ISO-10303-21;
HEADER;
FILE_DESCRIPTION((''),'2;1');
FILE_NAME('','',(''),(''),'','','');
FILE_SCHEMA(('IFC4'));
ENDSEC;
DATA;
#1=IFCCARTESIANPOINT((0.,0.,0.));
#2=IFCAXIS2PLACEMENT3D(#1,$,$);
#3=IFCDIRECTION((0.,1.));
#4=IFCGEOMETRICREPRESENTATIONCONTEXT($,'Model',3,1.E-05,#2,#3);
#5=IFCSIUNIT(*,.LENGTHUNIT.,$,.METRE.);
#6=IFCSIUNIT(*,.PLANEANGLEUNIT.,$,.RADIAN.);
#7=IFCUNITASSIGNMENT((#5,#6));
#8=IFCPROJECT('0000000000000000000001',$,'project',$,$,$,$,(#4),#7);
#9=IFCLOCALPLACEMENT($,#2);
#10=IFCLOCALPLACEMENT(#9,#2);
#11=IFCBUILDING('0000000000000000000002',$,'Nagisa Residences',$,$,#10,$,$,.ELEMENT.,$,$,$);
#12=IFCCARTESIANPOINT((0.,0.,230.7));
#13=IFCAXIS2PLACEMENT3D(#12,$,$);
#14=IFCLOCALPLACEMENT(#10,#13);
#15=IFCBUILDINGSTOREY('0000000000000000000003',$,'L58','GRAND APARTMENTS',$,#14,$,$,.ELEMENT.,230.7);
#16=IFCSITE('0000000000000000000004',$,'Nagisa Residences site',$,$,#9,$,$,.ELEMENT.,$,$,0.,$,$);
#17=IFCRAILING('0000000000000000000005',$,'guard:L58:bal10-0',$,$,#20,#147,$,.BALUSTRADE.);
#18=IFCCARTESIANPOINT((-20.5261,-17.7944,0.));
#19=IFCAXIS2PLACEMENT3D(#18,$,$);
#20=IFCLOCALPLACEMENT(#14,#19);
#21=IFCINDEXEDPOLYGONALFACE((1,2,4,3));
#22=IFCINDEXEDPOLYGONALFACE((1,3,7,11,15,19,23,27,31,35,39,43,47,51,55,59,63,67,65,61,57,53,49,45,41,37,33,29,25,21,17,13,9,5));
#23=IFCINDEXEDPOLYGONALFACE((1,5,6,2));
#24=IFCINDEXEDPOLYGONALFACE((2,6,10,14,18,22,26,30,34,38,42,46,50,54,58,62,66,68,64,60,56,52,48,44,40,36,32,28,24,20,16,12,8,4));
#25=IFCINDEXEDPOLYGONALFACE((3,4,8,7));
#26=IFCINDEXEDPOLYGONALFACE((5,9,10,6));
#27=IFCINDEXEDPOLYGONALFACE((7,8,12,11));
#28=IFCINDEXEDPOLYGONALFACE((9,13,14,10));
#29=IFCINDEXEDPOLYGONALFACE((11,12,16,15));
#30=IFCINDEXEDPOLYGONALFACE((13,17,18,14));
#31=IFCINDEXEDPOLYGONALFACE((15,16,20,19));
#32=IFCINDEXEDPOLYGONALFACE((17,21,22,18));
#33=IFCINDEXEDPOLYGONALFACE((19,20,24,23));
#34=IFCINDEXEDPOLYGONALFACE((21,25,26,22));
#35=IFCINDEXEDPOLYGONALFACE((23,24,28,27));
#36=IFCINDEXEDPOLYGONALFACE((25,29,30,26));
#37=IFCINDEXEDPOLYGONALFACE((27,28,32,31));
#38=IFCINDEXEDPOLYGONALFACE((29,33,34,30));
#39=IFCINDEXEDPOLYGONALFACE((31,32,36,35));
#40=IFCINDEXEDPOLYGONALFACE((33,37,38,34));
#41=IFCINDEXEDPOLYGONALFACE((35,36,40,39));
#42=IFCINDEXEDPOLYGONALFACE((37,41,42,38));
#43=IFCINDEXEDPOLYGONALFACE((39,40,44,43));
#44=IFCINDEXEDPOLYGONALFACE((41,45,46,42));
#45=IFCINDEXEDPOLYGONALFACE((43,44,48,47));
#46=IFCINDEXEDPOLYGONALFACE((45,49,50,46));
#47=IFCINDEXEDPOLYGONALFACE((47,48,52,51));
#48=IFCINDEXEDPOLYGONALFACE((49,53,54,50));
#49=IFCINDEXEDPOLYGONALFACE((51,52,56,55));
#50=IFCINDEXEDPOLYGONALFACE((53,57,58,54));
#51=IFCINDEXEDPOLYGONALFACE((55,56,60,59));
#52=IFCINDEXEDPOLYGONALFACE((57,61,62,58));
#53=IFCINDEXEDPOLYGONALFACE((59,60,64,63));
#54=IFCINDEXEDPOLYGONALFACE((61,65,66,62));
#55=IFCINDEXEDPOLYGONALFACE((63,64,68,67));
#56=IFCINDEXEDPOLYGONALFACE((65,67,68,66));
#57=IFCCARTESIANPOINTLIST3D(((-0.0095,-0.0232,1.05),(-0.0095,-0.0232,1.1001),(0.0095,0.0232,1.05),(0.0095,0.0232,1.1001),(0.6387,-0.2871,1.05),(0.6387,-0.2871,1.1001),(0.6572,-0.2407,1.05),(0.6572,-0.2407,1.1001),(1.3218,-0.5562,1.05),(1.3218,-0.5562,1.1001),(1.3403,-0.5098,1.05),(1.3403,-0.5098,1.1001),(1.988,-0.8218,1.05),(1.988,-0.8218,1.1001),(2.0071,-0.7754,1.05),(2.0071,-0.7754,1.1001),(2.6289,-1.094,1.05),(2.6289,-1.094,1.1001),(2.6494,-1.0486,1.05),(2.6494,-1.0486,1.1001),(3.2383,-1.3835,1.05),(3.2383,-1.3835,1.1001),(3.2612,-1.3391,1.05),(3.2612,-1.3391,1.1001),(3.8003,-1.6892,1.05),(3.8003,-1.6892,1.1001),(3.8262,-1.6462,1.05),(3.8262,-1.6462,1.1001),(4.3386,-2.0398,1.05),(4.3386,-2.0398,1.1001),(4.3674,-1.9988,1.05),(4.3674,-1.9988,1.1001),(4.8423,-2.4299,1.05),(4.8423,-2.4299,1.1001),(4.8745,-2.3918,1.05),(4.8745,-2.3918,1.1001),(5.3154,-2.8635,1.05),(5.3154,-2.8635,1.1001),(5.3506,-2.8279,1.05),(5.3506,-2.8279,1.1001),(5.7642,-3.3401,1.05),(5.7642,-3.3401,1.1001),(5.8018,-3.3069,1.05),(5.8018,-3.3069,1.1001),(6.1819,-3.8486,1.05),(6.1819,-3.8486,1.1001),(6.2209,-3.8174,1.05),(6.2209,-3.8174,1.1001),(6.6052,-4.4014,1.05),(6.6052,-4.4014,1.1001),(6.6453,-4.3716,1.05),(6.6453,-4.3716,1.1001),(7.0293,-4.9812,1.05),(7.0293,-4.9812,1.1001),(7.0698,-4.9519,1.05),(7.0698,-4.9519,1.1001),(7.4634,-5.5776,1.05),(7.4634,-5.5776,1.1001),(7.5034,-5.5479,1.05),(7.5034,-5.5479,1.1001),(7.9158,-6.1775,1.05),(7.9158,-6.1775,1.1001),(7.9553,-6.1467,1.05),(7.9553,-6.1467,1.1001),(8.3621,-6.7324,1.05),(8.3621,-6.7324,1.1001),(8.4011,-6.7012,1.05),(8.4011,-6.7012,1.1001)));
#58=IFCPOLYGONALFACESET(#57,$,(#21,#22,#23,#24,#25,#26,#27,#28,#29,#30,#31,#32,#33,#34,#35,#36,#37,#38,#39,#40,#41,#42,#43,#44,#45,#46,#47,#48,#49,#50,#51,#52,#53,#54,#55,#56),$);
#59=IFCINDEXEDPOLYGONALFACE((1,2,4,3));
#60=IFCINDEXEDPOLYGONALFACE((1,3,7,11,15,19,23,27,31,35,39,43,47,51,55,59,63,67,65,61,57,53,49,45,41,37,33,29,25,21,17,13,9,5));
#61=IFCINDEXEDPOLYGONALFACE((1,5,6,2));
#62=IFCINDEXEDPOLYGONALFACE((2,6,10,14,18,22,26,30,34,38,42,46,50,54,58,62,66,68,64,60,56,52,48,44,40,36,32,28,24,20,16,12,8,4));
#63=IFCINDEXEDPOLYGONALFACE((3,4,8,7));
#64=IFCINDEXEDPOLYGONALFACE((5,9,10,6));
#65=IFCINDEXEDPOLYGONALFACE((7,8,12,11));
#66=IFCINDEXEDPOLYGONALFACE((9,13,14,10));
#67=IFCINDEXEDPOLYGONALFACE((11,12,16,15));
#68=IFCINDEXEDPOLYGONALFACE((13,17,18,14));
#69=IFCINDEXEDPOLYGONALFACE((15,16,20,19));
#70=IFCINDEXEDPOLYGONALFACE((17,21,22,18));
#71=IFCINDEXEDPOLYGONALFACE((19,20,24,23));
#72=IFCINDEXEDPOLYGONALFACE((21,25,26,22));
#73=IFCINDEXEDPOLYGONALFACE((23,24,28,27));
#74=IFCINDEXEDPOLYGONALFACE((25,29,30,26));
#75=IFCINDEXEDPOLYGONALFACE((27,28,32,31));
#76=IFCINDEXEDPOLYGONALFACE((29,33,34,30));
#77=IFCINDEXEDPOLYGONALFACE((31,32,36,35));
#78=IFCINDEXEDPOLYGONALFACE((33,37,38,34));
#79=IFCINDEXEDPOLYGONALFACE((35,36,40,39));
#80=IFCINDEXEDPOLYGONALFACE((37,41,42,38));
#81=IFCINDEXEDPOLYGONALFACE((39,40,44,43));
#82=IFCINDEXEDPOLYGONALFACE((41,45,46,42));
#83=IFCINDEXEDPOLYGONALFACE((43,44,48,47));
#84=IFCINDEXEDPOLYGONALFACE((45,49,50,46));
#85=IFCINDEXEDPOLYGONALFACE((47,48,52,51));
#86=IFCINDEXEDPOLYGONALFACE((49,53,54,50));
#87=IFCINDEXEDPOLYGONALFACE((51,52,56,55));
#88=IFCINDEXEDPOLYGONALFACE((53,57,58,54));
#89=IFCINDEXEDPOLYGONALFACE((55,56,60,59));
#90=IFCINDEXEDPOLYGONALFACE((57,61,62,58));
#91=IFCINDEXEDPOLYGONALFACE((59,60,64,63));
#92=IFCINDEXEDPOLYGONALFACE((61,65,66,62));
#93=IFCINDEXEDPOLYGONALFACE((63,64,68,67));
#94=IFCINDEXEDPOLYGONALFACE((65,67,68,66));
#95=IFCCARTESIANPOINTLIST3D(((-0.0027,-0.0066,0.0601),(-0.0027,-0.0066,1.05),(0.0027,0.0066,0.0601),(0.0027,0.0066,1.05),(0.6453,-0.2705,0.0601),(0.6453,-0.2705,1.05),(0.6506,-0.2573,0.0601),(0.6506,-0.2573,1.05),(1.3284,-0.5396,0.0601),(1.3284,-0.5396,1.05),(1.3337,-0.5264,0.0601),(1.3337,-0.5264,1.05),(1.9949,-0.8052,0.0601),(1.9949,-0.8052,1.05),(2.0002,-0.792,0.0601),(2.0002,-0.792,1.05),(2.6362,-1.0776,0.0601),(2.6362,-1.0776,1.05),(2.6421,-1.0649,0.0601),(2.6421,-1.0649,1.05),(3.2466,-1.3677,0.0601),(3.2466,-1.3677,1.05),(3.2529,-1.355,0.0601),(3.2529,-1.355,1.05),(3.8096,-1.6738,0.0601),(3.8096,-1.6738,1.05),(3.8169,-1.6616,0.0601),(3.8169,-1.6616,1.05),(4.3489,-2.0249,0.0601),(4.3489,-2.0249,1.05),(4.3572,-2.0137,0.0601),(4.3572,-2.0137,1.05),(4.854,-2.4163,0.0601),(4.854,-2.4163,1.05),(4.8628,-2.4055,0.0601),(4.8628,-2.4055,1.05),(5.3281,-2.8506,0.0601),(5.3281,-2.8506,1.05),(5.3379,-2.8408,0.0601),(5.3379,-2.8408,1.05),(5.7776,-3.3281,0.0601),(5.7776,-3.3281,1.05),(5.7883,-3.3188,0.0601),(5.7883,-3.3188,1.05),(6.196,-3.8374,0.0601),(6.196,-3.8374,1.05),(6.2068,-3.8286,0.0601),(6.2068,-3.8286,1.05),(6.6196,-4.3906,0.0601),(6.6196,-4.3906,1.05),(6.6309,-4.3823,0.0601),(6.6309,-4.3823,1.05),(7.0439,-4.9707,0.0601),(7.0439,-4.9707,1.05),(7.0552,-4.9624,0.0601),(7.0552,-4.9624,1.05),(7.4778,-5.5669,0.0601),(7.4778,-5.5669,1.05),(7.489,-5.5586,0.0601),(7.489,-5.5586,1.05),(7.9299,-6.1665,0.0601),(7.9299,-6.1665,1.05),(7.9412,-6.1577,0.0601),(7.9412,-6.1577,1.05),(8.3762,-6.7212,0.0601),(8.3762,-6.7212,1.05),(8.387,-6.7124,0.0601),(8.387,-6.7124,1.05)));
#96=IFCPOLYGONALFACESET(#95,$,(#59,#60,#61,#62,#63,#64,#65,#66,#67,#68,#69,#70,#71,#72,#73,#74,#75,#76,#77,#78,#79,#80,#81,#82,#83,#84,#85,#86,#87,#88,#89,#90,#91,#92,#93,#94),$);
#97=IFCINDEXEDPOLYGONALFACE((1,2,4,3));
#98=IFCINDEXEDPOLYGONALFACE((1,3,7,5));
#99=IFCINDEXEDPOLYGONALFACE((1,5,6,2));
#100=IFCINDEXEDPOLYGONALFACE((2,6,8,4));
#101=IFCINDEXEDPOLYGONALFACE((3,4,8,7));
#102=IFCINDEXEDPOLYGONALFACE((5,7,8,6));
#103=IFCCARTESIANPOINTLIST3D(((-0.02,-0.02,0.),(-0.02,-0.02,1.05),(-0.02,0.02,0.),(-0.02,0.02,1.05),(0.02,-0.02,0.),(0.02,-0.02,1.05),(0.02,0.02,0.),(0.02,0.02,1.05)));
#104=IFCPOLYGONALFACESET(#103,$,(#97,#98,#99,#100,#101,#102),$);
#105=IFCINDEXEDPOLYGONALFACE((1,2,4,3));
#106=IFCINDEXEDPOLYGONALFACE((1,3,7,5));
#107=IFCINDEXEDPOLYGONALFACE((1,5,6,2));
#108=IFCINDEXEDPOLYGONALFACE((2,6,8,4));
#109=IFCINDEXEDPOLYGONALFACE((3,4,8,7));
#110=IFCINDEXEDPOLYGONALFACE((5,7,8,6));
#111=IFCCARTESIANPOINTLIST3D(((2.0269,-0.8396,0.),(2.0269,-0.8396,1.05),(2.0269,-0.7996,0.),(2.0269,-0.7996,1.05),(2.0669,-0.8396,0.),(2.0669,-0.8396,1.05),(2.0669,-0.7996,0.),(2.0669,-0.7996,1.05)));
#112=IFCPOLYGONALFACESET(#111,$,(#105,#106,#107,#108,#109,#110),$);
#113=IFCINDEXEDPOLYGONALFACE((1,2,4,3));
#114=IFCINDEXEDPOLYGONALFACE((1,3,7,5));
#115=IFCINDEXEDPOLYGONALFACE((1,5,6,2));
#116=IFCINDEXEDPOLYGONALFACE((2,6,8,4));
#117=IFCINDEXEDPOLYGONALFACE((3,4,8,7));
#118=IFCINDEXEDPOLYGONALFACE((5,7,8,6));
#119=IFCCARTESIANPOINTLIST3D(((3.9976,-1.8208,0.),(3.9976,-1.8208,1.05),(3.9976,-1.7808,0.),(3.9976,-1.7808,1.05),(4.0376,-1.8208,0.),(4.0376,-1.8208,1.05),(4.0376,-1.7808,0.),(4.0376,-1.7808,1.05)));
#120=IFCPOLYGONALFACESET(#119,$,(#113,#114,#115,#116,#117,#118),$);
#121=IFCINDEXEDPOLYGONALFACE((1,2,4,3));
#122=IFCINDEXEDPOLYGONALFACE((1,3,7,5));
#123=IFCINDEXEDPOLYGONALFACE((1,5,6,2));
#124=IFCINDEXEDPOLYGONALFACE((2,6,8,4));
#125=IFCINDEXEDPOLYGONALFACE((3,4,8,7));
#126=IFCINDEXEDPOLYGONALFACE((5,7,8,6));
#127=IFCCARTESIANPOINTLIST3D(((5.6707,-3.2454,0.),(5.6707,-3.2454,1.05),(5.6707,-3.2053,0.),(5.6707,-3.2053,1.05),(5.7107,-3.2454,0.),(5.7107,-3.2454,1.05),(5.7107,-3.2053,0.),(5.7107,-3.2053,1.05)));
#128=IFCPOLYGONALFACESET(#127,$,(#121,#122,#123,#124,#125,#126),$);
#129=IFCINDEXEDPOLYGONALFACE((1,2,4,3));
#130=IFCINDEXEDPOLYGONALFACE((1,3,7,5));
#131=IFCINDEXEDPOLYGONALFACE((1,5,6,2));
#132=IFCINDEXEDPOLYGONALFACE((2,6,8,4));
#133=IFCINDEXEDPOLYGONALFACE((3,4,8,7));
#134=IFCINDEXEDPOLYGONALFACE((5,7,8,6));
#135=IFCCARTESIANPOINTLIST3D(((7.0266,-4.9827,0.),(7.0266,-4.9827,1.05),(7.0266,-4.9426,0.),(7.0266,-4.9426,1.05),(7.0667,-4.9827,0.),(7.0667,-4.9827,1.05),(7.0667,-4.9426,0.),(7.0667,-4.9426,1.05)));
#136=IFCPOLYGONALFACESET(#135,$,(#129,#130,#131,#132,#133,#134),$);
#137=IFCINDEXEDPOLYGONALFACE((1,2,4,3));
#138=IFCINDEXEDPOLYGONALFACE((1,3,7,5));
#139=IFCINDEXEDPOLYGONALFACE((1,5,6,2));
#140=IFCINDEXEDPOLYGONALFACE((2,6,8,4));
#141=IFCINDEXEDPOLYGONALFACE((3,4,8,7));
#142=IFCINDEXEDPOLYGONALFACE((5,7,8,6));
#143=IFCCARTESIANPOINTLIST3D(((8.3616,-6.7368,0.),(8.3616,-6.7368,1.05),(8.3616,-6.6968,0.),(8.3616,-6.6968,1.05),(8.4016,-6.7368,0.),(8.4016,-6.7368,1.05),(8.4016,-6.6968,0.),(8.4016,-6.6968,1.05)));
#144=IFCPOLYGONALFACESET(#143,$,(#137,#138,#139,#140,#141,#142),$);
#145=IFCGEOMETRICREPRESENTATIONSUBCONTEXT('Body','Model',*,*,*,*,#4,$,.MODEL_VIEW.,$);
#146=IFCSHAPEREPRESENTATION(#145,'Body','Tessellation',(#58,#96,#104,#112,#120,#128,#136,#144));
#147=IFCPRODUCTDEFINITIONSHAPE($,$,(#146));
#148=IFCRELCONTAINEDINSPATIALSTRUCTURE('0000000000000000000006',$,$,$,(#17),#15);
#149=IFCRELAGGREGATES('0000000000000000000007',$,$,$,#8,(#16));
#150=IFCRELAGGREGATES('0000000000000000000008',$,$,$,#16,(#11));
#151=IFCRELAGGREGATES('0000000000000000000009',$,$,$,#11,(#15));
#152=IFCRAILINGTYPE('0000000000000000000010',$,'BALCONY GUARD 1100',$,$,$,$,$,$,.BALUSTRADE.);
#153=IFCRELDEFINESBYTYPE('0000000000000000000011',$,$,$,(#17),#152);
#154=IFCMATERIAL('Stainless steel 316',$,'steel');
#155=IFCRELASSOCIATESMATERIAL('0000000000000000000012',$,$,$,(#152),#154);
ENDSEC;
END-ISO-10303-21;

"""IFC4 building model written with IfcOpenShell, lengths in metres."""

from ifc_helpers import new_model, si_unit, direction, frame, origin, origin_2d, place, context, subcontext, project, spatial, polyline, rectangle, outline, extrude, material, type_object, element, save


model = new_model("IFC4")

# Units and contexts
model_context = context("Model", 3, precision=1e-05, world=origin(), true_north=direction((0.0, 1.0)))
body_context = subcontext(model_context, "Body", "Model", "MODEL_VIEW")
ifc_project = project(units=[si_unit("LENGTHUNIT", "METRE"), si_unit("PLANEANGLEUNIT", "RADIAN")], contexts=[model_context])

# Site, building, storey
site_placement = place(None, origin())
site = spatial("IfcSite", under=ifc_project, at=site_placement, Name="Nagisa Residences site", CompositionType="ELEMENT", RefElevation=0.0)
building_placement = place(site_placement, origin())
building = spatial("IfcBuilding", under=site, at=building_placement, Name="Nagisa Residences", CompositionType="ELEMENT")
storey_placement = place(building_placement, frame((0.0, 0.0, 230.7)))
storey = spatial("IfcBuildingStorey", under=building, at=storey_placement, Name="L58", Description="GRAND APARTMENTS", CompositionType="ELEMENT", Elevation=230.7)

# Railing
ifc_material_1 = material(Name="Stainless steel 316", Category="steel")
railing_type = type_object("IfcRailingType", Name="BALCONY GUARD 1100", PredefinedType="BALUSTRADE", material=ifc_material_1)
railing_1_placement = place(storey_placement, frame((-20.5261, -17.7944, 0.0)))
element("IfcRailing", 1, at=railing_1_placement, inside=storey, type_object=railing_type, Name="guard:L58:bal10-0", PredefinedType="BALUSTRADE", context=body_context, shape_type="SweptSolid", body=[
    extrude(outline(polyline([(0.6572, -0.2407), (0.0095, 0.0232), (-0.0095, -0.0232), (0.6387, -0.2871), (1.3218, -0.5562), (1.988, -0.8218), (2.6289, -1.094), (3.2383, -1.3835), (3.8003, -1.6892), (4.3386, -2.0398), (4.8423, -2.4299), (5.3154, -2.8635), (5.7642, -3.3401), (6.1819, -3.8486), (6.6052, -4.4014), (7.0293, -4.9812), (7.4634, -5.5776), (7.9158, -6.1775), (8.3621, -6.7324), (8.4011, -6.7012), (7.9553, -6.1467), (7.5034, -5.5479), (7.0698, -4.9519), (6.6453, -4.3716), (6.2209, -3.8174), (5.8018, -3.3069), (5.3506, -2.8279), (4.8745, -2.3918), (4.3674, -1.9988), (3.8262, -1.6462), (3.2612, -1.3391), (2.6494, -1.0486), (2.0071, -0.7754), (1.3403, -0.5098), (0.6572, -0.2407)])), frame((0.0, 0.0, 1.05)), (0.0, 0.0, 1.0), 0.05),
    extrude(outline(polyline([(0.6506, -0.2573), (0.0027, 0.0066), (-0.0027, -0.0066), (0.6453, -0.2705), (1.3284, -0.5396), (1.9949, -0.8052), (2.6362, -1.0776), (3.2466, -1.3677), (3.8096, -1.6738), (4.3489, -2.0249), (4.854, -2.4163), (5.3281, -2.8506), (5.7776, -3.3281), (6.196, -3.8374), (6.6196, -4.3906), (7.0439, -4.9707), (7.4778, -5.5669), (7.9299, -6.1665), (8.3762, -6.7212), (8.387, -6.7124), (7.9412, -6.1577), (7.489, -5.5586), (7.0552, -4.9624), (6.6309, -4.3823), (6.2068, -3.8286), (5.7883, -3.3188), (5.3379, -2.8408), (4.8628, -2.4055), (4.3572, -2.0137), (3.8169, -1.6616), (3.2529, -1.355), (2.6421, -1.0649), (2.0002, -0.792), (1.3337, -0.5264), (0.6506, -0.2573)])), frame((0.0, 0.0, 0.0601)), (0.0, 0.0, 1.0), 0.99),
    extrude(rectangle(XDim=0.04, YDim=0.04, at=origin_2d()), origin(), (0.0, 0.0, 1.0), 1.05),
    extrude(rectangle(XDim=0.04, YDim=0.04, at=origin_2d()), frame((2.0469, -0.8196, 0.0)), (0.0, 0.0, 1.0), 1.05),
    extrude(rectangle(XDim=0.04, YDim=0.04, at=origin_2d()), frame((4.0176, -1.8008, 0.0)), (0.0, 0.0, 1.0), 1.05),
    extrude(rectangle(XDim=0.04, YDim=0.04, at=origin_2d()), frame((5.6907, -3.2253, 0.0)), (0.0, 0.0, 1.0), 1.05),
    extrude(rectangle(XDim=0.04, YDim=0.04, at=origin_2d()), frame((7.0466, -4.9626, 0.0)), (0.0, 0.0, 1.0), 1.05),
    extrude(rectangle(XDim=0.04, YDim=0.04, at=origin_2d()), frame((8.3816, -6.7168, 0.0)), (0.0, 0.0, 1.0), 1.05),
])

save(model, "model.ifc")
